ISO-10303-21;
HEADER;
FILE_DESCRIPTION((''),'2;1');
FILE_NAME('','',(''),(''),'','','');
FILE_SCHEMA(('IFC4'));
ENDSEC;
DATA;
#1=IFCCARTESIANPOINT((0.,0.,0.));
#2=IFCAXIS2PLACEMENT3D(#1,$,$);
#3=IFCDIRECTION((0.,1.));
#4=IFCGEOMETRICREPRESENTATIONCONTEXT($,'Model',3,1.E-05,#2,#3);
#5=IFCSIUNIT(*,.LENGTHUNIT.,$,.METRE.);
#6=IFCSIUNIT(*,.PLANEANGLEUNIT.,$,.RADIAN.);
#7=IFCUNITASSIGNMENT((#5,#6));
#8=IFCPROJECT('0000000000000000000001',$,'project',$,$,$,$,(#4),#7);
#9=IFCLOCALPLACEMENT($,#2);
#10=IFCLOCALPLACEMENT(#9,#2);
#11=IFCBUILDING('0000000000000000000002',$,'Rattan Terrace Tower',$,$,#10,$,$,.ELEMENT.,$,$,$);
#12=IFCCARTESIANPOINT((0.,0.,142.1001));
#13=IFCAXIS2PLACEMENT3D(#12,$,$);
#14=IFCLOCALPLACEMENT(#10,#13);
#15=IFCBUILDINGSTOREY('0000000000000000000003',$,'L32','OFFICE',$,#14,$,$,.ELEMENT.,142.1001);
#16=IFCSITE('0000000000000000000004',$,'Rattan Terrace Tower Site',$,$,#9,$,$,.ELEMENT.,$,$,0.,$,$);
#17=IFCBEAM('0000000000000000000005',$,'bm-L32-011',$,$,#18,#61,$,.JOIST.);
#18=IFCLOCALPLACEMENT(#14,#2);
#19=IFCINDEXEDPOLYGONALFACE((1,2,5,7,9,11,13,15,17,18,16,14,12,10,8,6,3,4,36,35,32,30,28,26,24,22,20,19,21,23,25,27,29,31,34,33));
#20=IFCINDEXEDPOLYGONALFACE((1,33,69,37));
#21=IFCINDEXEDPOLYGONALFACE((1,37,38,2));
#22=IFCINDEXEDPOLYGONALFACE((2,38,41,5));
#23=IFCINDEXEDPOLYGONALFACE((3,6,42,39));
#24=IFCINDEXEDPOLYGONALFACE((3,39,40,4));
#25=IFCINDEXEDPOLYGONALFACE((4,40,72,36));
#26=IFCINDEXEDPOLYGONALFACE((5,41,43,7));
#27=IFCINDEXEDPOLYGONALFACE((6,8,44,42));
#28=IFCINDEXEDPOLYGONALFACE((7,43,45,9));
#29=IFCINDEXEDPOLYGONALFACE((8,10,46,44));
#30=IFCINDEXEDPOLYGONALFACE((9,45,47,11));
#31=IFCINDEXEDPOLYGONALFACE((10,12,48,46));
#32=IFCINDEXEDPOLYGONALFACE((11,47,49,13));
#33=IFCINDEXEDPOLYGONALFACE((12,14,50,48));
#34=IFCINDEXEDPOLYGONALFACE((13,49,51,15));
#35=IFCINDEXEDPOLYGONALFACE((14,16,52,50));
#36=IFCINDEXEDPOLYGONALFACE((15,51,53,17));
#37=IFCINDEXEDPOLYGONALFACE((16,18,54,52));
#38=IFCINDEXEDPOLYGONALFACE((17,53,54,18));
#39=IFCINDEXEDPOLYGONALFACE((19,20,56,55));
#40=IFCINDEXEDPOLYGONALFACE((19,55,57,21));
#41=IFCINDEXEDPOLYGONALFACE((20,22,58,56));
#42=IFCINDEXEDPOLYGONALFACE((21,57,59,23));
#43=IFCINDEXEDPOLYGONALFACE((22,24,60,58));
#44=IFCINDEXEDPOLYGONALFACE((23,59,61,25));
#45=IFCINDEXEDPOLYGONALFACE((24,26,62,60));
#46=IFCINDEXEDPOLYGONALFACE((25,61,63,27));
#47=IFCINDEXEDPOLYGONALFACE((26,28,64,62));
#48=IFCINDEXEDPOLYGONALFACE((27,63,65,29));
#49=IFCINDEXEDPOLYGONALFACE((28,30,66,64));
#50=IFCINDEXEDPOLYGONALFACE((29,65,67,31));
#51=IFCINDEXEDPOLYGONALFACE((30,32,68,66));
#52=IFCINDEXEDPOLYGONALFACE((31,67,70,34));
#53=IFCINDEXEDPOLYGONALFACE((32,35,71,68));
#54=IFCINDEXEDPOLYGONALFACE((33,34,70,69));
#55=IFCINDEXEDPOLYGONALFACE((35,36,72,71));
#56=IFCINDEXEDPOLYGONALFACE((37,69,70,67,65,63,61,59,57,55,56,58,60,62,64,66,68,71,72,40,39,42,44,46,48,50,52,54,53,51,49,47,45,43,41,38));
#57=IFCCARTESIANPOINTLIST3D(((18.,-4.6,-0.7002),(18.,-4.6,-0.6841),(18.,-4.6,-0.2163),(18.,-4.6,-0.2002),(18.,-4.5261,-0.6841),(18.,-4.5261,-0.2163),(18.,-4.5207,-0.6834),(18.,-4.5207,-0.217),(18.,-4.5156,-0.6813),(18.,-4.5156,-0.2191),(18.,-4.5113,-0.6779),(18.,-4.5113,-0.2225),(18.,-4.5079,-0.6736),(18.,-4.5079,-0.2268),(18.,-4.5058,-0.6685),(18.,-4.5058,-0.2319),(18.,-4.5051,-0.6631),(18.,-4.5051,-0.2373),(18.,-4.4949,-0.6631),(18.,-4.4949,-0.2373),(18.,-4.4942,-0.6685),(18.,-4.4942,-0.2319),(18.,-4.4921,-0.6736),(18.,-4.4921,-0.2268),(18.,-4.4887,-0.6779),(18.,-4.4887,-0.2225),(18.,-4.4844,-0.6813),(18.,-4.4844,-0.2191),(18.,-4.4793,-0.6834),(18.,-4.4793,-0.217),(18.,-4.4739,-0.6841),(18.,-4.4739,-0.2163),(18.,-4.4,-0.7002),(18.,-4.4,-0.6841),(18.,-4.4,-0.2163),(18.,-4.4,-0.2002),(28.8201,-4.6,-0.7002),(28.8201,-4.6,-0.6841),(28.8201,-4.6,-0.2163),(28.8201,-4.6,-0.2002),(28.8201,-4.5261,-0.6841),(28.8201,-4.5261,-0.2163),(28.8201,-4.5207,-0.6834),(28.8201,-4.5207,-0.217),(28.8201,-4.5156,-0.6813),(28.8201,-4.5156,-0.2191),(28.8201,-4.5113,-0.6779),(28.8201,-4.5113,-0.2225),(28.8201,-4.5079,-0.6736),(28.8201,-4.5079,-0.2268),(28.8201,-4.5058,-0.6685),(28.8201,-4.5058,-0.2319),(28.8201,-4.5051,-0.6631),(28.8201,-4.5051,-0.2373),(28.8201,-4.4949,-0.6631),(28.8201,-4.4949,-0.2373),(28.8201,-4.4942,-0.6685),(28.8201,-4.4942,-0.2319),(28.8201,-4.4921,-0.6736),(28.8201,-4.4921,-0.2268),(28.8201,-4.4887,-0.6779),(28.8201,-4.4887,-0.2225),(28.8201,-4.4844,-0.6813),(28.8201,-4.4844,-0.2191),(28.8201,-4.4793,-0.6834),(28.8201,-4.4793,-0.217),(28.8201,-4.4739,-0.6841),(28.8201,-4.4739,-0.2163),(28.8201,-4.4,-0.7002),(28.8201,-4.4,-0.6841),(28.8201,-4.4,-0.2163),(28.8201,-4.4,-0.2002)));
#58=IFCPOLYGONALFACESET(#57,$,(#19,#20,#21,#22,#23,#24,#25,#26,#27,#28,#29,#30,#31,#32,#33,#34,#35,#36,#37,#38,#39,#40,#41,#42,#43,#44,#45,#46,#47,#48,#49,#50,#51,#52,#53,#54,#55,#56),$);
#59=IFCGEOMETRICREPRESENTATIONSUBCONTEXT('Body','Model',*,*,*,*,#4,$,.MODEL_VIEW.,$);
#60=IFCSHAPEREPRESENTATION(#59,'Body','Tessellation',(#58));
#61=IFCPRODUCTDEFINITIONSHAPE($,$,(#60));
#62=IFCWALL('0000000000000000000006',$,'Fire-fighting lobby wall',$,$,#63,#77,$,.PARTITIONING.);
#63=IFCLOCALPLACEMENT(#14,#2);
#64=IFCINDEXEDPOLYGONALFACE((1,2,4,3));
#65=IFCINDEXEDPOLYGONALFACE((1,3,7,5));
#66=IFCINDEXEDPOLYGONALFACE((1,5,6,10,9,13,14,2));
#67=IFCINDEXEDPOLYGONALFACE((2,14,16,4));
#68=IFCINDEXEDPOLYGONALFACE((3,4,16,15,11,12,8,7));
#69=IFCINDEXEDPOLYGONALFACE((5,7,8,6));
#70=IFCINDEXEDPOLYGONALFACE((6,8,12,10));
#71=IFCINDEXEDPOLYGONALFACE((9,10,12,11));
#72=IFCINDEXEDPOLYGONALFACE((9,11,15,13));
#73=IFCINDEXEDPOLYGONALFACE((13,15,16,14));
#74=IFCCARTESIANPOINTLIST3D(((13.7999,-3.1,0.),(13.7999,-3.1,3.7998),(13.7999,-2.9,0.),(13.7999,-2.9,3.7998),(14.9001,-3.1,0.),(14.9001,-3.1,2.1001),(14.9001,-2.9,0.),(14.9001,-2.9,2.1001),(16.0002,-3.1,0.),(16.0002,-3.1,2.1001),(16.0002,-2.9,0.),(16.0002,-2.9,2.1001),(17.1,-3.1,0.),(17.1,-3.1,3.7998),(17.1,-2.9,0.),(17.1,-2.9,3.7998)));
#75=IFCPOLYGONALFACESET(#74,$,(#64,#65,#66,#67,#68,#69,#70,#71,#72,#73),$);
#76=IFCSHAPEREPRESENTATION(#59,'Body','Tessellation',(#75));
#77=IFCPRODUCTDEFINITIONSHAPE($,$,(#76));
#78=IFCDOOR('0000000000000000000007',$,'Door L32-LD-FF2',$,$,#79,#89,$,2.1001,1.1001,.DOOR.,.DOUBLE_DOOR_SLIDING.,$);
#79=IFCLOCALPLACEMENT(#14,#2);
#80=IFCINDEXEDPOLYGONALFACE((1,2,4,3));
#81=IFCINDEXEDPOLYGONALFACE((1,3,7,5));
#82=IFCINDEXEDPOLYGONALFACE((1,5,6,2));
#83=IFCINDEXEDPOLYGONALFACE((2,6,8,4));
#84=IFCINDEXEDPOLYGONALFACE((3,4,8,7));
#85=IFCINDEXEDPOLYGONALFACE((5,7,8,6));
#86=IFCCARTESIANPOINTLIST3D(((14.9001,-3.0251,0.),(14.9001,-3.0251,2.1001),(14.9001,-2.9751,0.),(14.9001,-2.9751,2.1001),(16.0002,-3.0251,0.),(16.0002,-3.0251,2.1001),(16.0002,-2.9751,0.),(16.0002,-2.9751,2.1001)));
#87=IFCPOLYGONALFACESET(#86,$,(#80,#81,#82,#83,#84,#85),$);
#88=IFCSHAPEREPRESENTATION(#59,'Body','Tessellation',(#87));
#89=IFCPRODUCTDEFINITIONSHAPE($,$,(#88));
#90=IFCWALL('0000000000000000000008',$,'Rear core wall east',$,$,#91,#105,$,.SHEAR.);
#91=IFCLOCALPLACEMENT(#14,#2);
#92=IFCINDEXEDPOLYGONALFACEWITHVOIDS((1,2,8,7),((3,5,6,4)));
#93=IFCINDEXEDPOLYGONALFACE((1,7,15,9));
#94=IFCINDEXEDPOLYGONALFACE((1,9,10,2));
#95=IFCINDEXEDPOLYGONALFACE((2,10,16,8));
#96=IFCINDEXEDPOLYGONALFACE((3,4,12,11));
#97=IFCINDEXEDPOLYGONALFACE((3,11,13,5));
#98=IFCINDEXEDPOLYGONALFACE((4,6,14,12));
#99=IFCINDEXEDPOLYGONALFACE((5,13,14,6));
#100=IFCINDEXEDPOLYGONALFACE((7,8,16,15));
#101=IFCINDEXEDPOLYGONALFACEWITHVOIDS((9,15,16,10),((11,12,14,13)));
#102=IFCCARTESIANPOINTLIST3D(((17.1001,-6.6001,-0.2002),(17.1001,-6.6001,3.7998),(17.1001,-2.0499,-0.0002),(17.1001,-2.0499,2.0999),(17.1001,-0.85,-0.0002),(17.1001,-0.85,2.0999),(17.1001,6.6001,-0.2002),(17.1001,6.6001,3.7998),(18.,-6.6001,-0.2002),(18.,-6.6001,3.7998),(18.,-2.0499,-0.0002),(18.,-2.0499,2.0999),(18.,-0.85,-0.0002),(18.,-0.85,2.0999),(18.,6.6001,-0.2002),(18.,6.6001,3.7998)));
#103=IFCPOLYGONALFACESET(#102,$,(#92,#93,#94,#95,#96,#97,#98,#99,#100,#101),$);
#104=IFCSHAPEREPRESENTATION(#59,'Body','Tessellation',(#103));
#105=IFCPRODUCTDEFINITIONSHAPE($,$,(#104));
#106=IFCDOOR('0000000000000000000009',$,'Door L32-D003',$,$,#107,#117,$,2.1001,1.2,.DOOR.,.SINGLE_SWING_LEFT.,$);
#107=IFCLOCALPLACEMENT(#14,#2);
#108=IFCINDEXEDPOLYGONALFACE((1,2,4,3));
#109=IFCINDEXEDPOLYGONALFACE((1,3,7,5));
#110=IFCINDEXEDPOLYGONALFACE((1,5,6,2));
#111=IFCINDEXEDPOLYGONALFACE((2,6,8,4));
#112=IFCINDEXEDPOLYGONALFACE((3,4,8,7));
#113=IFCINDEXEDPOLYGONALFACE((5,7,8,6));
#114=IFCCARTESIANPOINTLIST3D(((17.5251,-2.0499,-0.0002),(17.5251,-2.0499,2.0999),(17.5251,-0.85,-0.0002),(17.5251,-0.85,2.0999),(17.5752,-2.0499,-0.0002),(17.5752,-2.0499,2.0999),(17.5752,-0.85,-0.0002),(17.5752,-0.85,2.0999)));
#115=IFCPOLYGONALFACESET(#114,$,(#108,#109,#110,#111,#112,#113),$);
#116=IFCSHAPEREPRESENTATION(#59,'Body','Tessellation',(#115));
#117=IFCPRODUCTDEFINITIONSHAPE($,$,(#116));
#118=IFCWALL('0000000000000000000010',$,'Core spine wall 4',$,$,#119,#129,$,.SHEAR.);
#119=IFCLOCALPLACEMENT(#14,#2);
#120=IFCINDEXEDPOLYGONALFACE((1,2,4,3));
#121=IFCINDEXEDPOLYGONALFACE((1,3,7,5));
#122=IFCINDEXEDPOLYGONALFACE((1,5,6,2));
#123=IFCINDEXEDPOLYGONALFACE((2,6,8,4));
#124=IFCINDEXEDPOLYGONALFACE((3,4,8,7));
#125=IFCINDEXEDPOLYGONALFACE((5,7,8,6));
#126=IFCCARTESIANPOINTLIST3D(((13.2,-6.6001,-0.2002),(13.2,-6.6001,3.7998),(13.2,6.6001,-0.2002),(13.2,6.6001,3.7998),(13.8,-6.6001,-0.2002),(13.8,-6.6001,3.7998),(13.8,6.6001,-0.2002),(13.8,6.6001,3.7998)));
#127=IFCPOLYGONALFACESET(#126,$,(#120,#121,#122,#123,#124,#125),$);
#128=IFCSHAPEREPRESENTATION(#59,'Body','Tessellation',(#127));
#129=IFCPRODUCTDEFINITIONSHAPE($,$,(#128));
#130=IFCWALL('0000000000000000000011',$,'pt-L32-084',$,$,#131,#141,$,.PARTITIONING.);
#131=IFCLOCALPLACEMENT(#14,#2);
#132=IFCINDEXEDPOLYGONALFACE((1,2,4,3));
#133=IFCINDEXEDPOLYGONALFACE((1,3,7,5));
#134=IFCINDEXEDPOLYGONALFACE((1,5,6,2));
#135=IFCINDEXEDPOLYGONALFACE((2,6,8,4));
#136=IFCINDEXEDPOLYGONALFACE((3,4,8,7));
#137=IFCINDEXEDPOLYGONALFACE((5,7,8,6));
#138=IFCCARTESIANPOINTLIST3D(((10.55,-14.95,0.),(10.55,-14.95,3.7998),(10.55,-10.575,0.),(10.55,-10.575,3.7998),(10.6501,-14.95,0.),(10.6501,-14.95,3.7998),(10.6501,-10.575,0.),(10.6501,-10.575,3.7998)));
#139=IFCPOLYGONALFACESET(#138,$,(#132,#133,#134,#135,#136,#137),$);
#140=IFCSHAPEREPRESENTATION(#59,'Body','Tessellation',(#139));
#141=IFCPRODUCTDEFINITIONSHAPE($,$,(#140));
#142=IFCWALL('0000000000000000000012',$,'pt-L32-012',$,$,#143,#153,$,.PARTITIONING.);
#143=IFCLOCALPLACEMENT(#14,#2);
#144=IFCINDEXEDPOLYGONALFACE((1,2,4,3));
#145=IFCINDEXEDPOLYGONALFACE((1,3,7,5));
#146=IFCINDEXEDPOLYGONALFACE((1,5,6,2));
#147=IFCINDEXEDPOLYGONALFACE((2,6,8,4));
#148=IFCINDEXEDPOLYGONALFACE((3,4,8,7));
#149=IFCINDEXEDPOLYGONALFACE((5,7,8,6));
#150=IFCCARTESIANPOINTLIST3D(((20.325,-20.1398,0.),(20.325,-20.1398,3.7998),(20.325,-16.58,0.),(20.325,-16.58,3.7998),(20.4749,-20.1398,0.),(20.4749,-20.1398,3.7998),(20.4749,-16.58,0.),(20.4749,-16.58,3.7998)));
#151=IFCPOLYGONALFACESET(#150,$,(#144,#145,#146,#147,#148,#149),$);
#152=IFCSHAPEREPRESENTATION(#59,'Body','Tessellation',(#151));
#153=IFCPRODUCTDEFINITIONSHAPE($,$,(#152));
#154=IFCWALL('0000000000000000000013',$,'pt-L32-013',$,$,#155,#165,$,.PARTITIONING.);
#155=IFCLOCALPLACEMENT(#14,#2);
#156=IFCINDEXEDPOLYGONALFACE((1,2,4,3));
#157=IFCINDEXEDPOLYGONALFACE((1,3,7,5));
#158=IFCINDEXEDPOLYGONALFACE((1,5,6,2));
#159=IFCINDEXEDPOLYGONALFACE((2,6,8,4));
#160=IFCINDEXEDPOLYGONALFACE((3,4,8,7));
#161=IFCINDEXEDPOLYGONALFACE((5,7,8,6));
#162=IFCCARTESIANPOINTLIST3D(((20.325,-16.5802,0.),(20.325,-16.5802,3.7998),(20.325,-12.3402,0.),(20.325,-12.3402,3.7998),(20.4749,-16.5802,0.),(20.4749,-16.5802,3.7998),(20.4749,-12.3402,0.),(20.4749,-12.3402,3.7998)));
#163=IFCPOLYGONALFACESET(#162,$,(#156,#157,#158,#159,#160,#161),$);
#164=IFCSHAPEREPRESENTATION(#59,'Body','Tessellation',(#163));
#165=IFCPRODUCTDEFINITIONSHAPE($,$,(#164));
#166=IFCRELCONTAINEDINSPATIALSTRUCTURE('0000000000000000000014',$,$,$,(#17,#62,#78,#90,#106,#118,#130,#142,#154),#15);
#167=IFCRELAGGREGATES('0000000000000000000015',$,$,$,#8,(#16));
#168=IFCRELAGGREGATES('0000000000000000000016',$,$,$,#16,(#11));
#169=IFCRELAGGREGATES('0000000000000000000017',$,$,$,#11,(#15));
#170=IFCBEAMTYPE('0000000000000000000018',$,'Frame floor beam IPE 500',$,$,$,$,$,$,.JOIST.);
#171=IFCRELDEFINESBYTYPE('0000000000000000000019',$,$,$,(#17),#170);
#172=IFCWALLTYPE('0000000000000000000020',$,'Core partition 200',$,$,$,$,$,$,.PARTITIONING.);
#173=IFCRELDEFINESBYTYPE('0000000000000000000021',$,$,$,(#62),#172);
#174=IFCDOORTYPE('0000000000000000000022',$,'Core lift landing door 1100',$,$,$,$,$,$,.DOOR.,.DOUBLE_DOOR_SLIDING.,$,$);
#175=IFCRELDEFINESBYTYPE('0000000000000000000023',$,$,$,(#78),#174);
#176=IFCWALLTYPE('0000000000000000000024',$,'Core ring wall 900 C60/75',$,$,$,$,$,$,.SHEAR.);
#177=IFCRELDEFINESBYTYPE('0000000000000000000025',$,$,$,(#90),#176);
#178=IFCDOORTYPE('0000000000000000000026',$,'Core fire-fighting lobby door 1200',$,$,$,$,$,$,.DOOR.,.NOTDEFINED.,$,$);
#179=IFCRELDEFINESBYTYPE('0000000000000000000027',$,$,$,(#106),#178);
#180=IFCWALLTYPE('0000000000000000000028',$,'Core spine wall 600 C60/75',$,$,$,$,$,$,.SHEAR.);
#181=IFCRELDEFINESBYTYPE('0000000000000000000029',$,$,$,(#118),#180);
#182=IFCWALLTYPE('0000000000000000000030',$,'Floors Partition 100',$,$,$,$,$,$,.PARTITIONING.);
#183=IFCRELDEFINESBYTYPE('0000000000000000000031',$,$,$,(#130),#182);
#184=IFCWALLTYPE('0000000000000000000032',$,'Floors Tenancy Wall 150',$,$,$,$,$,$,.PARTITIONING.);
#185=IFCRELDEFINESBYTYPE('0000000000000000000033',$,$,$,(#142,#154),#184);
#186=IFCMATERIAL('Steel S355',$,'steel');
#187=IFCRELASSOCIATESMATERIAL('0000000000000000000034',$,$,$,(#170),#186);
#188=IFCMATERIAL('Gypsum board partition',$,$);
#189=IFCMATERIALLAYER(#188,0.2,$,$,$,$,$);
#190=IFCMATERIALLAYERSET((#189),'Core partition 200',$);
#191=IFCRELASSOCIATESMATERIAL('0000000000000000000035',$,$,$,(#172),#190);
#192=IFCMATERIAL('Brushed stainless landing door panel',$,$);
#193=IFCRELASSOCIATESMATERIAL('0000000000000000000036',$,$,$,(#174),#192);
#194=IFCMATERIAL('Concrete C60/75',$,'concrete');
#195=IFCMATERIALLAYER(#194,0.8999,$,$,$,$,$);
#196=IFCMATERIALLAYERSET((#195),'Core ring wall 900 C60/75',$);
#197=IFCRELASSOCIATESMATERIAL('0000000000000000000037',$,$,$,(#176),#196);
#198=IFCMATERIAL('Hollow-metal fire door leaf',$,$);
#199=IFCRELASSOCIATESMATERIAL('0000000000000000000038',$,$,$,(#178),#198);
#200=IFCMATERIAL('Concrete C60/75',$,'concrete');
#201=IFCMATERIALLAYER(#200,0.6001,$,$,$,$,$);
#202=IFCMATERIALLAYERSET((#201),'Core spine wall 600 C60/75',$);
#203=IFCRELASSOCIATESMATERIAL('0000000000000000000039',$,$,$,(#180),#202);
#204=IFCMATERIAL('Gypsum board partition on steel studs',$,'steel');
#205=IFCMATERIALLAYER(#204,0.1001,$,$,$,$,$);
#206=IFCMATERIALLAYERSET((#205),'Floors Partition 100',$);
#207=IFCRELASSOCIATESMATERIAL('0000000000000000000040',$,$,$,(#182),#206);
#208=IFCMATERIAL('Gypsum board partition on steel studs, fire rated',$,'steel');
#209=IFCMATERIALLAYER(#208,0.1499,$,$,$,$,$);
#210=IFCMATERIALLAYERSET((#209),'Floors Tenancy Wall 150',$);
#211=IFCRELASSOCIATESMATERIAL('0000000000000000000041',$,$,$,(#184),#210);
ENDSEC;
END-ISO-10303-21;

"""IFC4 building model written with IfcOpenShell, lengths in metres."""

from ifc_helpers import new_model, si_unit, direction, frame, frame_2d, origin, origin_2d, place, context, subcontext, project, spatial, rectangle, i_section, extrude, material, layer, layer_set, material_profile, profile_set, type_object, element, fill, save


model = new_model("IFC4")

# Units and contexts
model_context = context("Model", 3, precision=1e-05, world=origin(), true_north=direction((0.0, 1.0)))
body_context = subcontext(model_context, "Body", "Model", "MODEL_VIEW")
ifc_project = project(units=[si_unit("LENGTHUNIT", "METRE"), si_unit("PLANEANGLEUNIT", "RADIAN")], contexts=[model_context])

# Site, building, storey
site_placement = place(None, origin())
site = spatial("IfcSite", under=ifc_project, at=site_placement, Name="Rattan Terrace Tower Site", CompositionType="ELEMENT", RefElevation=0.0)
building_placement = place(site_placement, origin())
building = spatial("IfcBuilding", under=site, at=building_placement, Name="Rattan Terrace Tower", CompositionType="ELEMENT")
storey_placement = place(building_placement, frame((0.0, 0.0, 142.1001)))
storey = spatial("IfcBuildingStorey", under=building, at=storey_placement, Name="L32", Description="OFFICE", CompositionType="ELEMENT", Elevation=142.1001)

# Beam
ifc_material_1 = material(Name="Steel S355", Category="steel")
ifc_material_profile = material_profile(ifc_material_1, i_section(OverallWidth=0.2, OverallDepth=0.5, WebThickness=0.0103, FlangeThickness=0.0161, FilletRadius=0.021, at=origin_2d()), Name="IPE 500")
ifc_profile_set = profile_set([ifc_material_profile], Name="Steel S355")
beam_type = type_object("IfcBeamType", Name="Frame floor beam IPE 500", PredefinedType="JOIST", material=ifc_profile_set)
beam_placement = place(storey_placement, frame((18.0, -4.5, -0.4502), z_axis=(1.0, 0.0, 0.0), x_axis=(0.0, 1.0, 0.0)))
element("IfcBeam", 1, at=beam_placement, inside=storey, type_object=beam_type, Name="bm-L32-011", PredefinedType="JOIST", context=body_context, shape_type="SweptSolid", body=[
    extrude(i_section(OverallWidth=0.2, OverallDepth=0.5, WebThickness=0.0103, FlangeThickness=0.0161, FilletRadius=0.021, at=origin_2d()), origin(), (0.0, 0.0, 1.0), 10.8201),
])

# Walls, openings, doors
ifc_material_2 = material(Name="Gypsum board partition")
ifc_layer_1 = layer(ifc_material_2, 0.2)
ifc_layer_set_1 = layer_set([ifc_layer_1], Name="Core partition 200")
wall_type_1 = type_object("IfcWallType", Name="Core partition 200", PredefinedType="PARTITIONING", material=ifc_layer_set_1)
wall_1_placement = place(storey_placement, frame((13.8, -3.0, 0.0), z_axis=(0.0, 0.0, 1.0), x_axis=(1.0, 0.0, 0.0)))
wall_1 = element("IfcWall", 2, at=wall_1_placement, inside=storey, type_object=wall_type_1, Name="Fire-fighting lobby wall", PredefinedType="PARTITIONING", context=body_context, shape_type="SweptSolid", body=[
    extrude(rectangle(XDim=3.3, YDim=0.2, at=frame_2d((1.6499, 0.0))), origin(), (0.0, 0.0, 1.0), 3.7998),
])
opening_1_placement = place(wall_1_placement, frame((1.1001, 0.0, 0.0)))
opening_1 = element("IfcOpeningElement", 3, at=opening_1_placement, cuts=wall_1, PredefinedType="OPENING", context=body_context, shape_type="SweptSolid", body=[
    extrude(rectangle(XDim=1.1001, YDim=2.1001, at=frame_2d((0.55, 1.05))), frame((0.0, 0.1106, 0.0), z_axis=(0.0, -1.0, 0.0), x_axis=(1.0, 0.0, 0.0)), (0.0, 0.0, 1.0), 0.2209),
])
ifc_material_3 = material(Name="Brushed stainless landing door panel")
door_type_1 = type_object("IfcDoorType", Name="Core lift landing door 1100", OperationType="DOUBLE_DOOR_SLIDING", PredefinedType="DOOR", material=ifc_material_3)
door_1_placement = place(opening_1_placement, origin())
door_1 = element("IfcDoor", 4, at=door_1_placement, inside=storey, type_object=door_type_1, Name="Door L32-LD-FF2", OperationType="DOUBLE_DOOR_SLIDING", OverallHeight=2.1001, OverallWidth=1.1001, PredefinedType="DOOR", context=body_context, shape_type="SweptSolid", body=[
    extrude(rectangle(XDim=1.1001, YDim=2.1001, at=frame_2d((0.55, 1.05))), frame((0.0, 0.0249, 0.0), z_axis=(0.0, -1.0, 0.0), x_axis=(1.0, 0.0, 0.0)), (0.0, 0.0, 1.0), 0.05),
])
fill(opening_1, door_1)
ifc_material_4 = material(Name="Concrete C60/75", Category="concrete")
ifc_layer_2 = layer(ifc_material_4, 0.8999)
ifc_layer_set_2 = layer_set([ifc_layer_2], Name="Core ring wall 900 C60/75")
wall_type_2 = type_object("IfcWallType", Name="Core ring wall 900 C60/75", PredefinedType="SHEAR", material=ifc_layer_set_2)
wall_2_placement = place(storey_placement, frame((17.55, -6.6001, -0.2002), z_axis=(0.0, 0.0, 1.0), x_axis=(0.0, 1.0, 0.0)))
wall_2 = element("IfcWall", 5, at=wall_2_placement, inside=storey, type_object=wall_type_2, Name="Rear core wall east", PredefinedType="SHEAR", context=body_context, shape_type="SweptSolid", body=[
    extrude(rectangle(XDim=13.2002, YDim=0.8999, at=frame_2d((6.6001, 0.0))), origin(), (0.0, 0.0, 1.0), 4.0),
])
opening_2_placement = place(wall_2_placement, frame((4.55, 0.0, 0.2)))
opening_2 = element("IfcOpeningElement", 6, at=opening_2_placement, cuts=wall_2, PredefinedType="OPENING", context=body_context, shape_type="SweptSolid", body=[
    extrude(rectangle(XDim=1.2, YDim=2.1001, at=frame_2d((0.6001, 1.05))), frame((0.0, 0.4604, 0.0), z_axis=(0.0, -1.0, 0.0), x_axis=(1.0, 0.0, 0.0)), (0.0, 0.0, 1.0), 0.9209),
])
ifc_material_5 = material(Name="Hollow-metal fire door leaf")
door_type_2 = type_object("IfcDoorType", Name="Core fire-fighting lobby door 1200", OperationType="NOTDEFINED", PredefinedType="DOOR", material=ifc_material_5)
door_2_placement = place(opening_2_placement, origin())
door_2 = element("IfcDoor", 7, at=door_2_placement, inside=storey, type_object=door_type_2, Name="Door L32-D003", OperationType="SINGLE_SWING_LEFT", OverallHeight=2.1001, OverallWidth=1.2, PredefinedType="DOOR", context=body_context, shape_type="SweptSolid", body=[
    extrude(rectangle(XDim=1.2, YDim=2.1001, at=frame_2d((0.6001, 1.05))), frame((0.0, 0.0249, 0.0), z_axis=(0.0, -1.0, 0.0), x_axis=(1.0, 0.0, 0.0)), (0.0, 0.0, 1.0), 0.05),
])
fill(opening_2, door_2)

# Walls
ifc_material_6 = material(Name="Concrete C60/75", Category="concrete")
ifc_layer_3 = layer(ifc_material_6, 0.6001)
ifc_layer_set_3 = layer_set([ifc_layer_3], Name="Core spine wall 600 C60/75")
wall_type_3 = type_object("IfcWallType", Name="Core spine wall 600 C60/75", PredefinedType="SHEAR", material=ifc_layer_set_3)
wall_3_placement = place(storey_placement, frame((13.5, -6.6001, -0.2002), z_axis=(0.0, 0.0, 1.0), x_axis=(0.0, 1.0, 0.0)))
element("IfcWall", 8, at=wall_3_placement, inside=storey, type_object=wall_type_3, Name="Core spine wall 4", PredefinedType="SHEAR", context=body_context, shape_type="SweptSolid", body=[
    extrude(rectangle(XDim=13.2002, YDim=0.6001, at=frame_2d((6.6001, 0.0))), origin(), (0.0, 0.0, 1.0), 4.0),
])
ifc_material_7 = material(Name="Gypsum board partition on steel studs", Category="steel")
ifc_layer_4 = layer(ifc_material_7, 0.1001)
ifc_layer_set_4 = layer_set([ifc_layer_4], Name="Floors Partition 100")
wall_type_4 = type_object("IfcWallType", Name="Floors Partition 100", PredefinedType="PARTITIONING", material=ifc_layer_set_4)
wall_4_placement = place(storey_placement, frame((10.6001, -14.95, 0.0), z_axis=(0.0, 0.0, 1.0), x_axis=(0.0, 1.0, 0.0)))
element("IfcWall", 9, at=wall_4_placement, inside=storey, type_object=wall_type_4, Name="pt-L32-084", PredefinedType="PARTITIONING", context=body_context, shape_type="SweptSolid", body=[
    extrude(rectangle(XDim=4.375, YDim=0.1001, at=frame_2d((2.1875, 0.0))), origin(), (0.0, 0.0, 1.0), 3.7998),
])
ifc_material_8 = material(Name="Gypsum board partition on steel studs, fire rated", Category="steel")
ifc_layer_5 = layer(ifc_material_8, 0.1499)
ifc_layer_set_5 = layer_set([ifc_layer_5], Name="Floors Tenancy Wall 150")
wall_type_5 = type_object("IfcWallType", Name="Floors Tenancy Wall 150", PredefinedType="PARTITIONING", material=ifc_layer_set_5)
wall_5_placement = place(storey_placement, frame((20.3999, -16.5801, 0.0), z_axis=(0.0, 0.0, 1.0), x_axis=(0.0, -1.0, 0.0)))
element("IfcWall", 10, at=wall_5_placement, inside=storey, type_object=wall_type_5, Name="pt-L32-012", PredefinedType="PARTITIONING", context=body_context, shape_type="SweptSolid", body=[
    extrude(rectangle(XDim=3.5598, YDim=0.1499, at=frame_2d((1.7798, 0.0))), origin(), (0.0, 0.0, 1.0), 3.7998),
])
wall_6_placement = place(storey_placement, frame((20.3999, -12.3401, 0.0), z_axis=(0.0, 0.0, 1.0), x_axis=(0.0, -1.0, 0.0)))
element("IfcWall", 11, at=wall_6_placement, inside=storey, type_object=wall_type_5, Name="pt-L32-013", PredefinedType="PARTITIONING", context=body_context, shape_type="SweptSolid", body=[
    extrude(rectangle(XDim=4.24, YDim=0.1499, at=frame_2d((2.1201, 0.0))), origin(), (0.0, 0.0, 1.0), 3.7998),
])

save(model, "model.ifc")
